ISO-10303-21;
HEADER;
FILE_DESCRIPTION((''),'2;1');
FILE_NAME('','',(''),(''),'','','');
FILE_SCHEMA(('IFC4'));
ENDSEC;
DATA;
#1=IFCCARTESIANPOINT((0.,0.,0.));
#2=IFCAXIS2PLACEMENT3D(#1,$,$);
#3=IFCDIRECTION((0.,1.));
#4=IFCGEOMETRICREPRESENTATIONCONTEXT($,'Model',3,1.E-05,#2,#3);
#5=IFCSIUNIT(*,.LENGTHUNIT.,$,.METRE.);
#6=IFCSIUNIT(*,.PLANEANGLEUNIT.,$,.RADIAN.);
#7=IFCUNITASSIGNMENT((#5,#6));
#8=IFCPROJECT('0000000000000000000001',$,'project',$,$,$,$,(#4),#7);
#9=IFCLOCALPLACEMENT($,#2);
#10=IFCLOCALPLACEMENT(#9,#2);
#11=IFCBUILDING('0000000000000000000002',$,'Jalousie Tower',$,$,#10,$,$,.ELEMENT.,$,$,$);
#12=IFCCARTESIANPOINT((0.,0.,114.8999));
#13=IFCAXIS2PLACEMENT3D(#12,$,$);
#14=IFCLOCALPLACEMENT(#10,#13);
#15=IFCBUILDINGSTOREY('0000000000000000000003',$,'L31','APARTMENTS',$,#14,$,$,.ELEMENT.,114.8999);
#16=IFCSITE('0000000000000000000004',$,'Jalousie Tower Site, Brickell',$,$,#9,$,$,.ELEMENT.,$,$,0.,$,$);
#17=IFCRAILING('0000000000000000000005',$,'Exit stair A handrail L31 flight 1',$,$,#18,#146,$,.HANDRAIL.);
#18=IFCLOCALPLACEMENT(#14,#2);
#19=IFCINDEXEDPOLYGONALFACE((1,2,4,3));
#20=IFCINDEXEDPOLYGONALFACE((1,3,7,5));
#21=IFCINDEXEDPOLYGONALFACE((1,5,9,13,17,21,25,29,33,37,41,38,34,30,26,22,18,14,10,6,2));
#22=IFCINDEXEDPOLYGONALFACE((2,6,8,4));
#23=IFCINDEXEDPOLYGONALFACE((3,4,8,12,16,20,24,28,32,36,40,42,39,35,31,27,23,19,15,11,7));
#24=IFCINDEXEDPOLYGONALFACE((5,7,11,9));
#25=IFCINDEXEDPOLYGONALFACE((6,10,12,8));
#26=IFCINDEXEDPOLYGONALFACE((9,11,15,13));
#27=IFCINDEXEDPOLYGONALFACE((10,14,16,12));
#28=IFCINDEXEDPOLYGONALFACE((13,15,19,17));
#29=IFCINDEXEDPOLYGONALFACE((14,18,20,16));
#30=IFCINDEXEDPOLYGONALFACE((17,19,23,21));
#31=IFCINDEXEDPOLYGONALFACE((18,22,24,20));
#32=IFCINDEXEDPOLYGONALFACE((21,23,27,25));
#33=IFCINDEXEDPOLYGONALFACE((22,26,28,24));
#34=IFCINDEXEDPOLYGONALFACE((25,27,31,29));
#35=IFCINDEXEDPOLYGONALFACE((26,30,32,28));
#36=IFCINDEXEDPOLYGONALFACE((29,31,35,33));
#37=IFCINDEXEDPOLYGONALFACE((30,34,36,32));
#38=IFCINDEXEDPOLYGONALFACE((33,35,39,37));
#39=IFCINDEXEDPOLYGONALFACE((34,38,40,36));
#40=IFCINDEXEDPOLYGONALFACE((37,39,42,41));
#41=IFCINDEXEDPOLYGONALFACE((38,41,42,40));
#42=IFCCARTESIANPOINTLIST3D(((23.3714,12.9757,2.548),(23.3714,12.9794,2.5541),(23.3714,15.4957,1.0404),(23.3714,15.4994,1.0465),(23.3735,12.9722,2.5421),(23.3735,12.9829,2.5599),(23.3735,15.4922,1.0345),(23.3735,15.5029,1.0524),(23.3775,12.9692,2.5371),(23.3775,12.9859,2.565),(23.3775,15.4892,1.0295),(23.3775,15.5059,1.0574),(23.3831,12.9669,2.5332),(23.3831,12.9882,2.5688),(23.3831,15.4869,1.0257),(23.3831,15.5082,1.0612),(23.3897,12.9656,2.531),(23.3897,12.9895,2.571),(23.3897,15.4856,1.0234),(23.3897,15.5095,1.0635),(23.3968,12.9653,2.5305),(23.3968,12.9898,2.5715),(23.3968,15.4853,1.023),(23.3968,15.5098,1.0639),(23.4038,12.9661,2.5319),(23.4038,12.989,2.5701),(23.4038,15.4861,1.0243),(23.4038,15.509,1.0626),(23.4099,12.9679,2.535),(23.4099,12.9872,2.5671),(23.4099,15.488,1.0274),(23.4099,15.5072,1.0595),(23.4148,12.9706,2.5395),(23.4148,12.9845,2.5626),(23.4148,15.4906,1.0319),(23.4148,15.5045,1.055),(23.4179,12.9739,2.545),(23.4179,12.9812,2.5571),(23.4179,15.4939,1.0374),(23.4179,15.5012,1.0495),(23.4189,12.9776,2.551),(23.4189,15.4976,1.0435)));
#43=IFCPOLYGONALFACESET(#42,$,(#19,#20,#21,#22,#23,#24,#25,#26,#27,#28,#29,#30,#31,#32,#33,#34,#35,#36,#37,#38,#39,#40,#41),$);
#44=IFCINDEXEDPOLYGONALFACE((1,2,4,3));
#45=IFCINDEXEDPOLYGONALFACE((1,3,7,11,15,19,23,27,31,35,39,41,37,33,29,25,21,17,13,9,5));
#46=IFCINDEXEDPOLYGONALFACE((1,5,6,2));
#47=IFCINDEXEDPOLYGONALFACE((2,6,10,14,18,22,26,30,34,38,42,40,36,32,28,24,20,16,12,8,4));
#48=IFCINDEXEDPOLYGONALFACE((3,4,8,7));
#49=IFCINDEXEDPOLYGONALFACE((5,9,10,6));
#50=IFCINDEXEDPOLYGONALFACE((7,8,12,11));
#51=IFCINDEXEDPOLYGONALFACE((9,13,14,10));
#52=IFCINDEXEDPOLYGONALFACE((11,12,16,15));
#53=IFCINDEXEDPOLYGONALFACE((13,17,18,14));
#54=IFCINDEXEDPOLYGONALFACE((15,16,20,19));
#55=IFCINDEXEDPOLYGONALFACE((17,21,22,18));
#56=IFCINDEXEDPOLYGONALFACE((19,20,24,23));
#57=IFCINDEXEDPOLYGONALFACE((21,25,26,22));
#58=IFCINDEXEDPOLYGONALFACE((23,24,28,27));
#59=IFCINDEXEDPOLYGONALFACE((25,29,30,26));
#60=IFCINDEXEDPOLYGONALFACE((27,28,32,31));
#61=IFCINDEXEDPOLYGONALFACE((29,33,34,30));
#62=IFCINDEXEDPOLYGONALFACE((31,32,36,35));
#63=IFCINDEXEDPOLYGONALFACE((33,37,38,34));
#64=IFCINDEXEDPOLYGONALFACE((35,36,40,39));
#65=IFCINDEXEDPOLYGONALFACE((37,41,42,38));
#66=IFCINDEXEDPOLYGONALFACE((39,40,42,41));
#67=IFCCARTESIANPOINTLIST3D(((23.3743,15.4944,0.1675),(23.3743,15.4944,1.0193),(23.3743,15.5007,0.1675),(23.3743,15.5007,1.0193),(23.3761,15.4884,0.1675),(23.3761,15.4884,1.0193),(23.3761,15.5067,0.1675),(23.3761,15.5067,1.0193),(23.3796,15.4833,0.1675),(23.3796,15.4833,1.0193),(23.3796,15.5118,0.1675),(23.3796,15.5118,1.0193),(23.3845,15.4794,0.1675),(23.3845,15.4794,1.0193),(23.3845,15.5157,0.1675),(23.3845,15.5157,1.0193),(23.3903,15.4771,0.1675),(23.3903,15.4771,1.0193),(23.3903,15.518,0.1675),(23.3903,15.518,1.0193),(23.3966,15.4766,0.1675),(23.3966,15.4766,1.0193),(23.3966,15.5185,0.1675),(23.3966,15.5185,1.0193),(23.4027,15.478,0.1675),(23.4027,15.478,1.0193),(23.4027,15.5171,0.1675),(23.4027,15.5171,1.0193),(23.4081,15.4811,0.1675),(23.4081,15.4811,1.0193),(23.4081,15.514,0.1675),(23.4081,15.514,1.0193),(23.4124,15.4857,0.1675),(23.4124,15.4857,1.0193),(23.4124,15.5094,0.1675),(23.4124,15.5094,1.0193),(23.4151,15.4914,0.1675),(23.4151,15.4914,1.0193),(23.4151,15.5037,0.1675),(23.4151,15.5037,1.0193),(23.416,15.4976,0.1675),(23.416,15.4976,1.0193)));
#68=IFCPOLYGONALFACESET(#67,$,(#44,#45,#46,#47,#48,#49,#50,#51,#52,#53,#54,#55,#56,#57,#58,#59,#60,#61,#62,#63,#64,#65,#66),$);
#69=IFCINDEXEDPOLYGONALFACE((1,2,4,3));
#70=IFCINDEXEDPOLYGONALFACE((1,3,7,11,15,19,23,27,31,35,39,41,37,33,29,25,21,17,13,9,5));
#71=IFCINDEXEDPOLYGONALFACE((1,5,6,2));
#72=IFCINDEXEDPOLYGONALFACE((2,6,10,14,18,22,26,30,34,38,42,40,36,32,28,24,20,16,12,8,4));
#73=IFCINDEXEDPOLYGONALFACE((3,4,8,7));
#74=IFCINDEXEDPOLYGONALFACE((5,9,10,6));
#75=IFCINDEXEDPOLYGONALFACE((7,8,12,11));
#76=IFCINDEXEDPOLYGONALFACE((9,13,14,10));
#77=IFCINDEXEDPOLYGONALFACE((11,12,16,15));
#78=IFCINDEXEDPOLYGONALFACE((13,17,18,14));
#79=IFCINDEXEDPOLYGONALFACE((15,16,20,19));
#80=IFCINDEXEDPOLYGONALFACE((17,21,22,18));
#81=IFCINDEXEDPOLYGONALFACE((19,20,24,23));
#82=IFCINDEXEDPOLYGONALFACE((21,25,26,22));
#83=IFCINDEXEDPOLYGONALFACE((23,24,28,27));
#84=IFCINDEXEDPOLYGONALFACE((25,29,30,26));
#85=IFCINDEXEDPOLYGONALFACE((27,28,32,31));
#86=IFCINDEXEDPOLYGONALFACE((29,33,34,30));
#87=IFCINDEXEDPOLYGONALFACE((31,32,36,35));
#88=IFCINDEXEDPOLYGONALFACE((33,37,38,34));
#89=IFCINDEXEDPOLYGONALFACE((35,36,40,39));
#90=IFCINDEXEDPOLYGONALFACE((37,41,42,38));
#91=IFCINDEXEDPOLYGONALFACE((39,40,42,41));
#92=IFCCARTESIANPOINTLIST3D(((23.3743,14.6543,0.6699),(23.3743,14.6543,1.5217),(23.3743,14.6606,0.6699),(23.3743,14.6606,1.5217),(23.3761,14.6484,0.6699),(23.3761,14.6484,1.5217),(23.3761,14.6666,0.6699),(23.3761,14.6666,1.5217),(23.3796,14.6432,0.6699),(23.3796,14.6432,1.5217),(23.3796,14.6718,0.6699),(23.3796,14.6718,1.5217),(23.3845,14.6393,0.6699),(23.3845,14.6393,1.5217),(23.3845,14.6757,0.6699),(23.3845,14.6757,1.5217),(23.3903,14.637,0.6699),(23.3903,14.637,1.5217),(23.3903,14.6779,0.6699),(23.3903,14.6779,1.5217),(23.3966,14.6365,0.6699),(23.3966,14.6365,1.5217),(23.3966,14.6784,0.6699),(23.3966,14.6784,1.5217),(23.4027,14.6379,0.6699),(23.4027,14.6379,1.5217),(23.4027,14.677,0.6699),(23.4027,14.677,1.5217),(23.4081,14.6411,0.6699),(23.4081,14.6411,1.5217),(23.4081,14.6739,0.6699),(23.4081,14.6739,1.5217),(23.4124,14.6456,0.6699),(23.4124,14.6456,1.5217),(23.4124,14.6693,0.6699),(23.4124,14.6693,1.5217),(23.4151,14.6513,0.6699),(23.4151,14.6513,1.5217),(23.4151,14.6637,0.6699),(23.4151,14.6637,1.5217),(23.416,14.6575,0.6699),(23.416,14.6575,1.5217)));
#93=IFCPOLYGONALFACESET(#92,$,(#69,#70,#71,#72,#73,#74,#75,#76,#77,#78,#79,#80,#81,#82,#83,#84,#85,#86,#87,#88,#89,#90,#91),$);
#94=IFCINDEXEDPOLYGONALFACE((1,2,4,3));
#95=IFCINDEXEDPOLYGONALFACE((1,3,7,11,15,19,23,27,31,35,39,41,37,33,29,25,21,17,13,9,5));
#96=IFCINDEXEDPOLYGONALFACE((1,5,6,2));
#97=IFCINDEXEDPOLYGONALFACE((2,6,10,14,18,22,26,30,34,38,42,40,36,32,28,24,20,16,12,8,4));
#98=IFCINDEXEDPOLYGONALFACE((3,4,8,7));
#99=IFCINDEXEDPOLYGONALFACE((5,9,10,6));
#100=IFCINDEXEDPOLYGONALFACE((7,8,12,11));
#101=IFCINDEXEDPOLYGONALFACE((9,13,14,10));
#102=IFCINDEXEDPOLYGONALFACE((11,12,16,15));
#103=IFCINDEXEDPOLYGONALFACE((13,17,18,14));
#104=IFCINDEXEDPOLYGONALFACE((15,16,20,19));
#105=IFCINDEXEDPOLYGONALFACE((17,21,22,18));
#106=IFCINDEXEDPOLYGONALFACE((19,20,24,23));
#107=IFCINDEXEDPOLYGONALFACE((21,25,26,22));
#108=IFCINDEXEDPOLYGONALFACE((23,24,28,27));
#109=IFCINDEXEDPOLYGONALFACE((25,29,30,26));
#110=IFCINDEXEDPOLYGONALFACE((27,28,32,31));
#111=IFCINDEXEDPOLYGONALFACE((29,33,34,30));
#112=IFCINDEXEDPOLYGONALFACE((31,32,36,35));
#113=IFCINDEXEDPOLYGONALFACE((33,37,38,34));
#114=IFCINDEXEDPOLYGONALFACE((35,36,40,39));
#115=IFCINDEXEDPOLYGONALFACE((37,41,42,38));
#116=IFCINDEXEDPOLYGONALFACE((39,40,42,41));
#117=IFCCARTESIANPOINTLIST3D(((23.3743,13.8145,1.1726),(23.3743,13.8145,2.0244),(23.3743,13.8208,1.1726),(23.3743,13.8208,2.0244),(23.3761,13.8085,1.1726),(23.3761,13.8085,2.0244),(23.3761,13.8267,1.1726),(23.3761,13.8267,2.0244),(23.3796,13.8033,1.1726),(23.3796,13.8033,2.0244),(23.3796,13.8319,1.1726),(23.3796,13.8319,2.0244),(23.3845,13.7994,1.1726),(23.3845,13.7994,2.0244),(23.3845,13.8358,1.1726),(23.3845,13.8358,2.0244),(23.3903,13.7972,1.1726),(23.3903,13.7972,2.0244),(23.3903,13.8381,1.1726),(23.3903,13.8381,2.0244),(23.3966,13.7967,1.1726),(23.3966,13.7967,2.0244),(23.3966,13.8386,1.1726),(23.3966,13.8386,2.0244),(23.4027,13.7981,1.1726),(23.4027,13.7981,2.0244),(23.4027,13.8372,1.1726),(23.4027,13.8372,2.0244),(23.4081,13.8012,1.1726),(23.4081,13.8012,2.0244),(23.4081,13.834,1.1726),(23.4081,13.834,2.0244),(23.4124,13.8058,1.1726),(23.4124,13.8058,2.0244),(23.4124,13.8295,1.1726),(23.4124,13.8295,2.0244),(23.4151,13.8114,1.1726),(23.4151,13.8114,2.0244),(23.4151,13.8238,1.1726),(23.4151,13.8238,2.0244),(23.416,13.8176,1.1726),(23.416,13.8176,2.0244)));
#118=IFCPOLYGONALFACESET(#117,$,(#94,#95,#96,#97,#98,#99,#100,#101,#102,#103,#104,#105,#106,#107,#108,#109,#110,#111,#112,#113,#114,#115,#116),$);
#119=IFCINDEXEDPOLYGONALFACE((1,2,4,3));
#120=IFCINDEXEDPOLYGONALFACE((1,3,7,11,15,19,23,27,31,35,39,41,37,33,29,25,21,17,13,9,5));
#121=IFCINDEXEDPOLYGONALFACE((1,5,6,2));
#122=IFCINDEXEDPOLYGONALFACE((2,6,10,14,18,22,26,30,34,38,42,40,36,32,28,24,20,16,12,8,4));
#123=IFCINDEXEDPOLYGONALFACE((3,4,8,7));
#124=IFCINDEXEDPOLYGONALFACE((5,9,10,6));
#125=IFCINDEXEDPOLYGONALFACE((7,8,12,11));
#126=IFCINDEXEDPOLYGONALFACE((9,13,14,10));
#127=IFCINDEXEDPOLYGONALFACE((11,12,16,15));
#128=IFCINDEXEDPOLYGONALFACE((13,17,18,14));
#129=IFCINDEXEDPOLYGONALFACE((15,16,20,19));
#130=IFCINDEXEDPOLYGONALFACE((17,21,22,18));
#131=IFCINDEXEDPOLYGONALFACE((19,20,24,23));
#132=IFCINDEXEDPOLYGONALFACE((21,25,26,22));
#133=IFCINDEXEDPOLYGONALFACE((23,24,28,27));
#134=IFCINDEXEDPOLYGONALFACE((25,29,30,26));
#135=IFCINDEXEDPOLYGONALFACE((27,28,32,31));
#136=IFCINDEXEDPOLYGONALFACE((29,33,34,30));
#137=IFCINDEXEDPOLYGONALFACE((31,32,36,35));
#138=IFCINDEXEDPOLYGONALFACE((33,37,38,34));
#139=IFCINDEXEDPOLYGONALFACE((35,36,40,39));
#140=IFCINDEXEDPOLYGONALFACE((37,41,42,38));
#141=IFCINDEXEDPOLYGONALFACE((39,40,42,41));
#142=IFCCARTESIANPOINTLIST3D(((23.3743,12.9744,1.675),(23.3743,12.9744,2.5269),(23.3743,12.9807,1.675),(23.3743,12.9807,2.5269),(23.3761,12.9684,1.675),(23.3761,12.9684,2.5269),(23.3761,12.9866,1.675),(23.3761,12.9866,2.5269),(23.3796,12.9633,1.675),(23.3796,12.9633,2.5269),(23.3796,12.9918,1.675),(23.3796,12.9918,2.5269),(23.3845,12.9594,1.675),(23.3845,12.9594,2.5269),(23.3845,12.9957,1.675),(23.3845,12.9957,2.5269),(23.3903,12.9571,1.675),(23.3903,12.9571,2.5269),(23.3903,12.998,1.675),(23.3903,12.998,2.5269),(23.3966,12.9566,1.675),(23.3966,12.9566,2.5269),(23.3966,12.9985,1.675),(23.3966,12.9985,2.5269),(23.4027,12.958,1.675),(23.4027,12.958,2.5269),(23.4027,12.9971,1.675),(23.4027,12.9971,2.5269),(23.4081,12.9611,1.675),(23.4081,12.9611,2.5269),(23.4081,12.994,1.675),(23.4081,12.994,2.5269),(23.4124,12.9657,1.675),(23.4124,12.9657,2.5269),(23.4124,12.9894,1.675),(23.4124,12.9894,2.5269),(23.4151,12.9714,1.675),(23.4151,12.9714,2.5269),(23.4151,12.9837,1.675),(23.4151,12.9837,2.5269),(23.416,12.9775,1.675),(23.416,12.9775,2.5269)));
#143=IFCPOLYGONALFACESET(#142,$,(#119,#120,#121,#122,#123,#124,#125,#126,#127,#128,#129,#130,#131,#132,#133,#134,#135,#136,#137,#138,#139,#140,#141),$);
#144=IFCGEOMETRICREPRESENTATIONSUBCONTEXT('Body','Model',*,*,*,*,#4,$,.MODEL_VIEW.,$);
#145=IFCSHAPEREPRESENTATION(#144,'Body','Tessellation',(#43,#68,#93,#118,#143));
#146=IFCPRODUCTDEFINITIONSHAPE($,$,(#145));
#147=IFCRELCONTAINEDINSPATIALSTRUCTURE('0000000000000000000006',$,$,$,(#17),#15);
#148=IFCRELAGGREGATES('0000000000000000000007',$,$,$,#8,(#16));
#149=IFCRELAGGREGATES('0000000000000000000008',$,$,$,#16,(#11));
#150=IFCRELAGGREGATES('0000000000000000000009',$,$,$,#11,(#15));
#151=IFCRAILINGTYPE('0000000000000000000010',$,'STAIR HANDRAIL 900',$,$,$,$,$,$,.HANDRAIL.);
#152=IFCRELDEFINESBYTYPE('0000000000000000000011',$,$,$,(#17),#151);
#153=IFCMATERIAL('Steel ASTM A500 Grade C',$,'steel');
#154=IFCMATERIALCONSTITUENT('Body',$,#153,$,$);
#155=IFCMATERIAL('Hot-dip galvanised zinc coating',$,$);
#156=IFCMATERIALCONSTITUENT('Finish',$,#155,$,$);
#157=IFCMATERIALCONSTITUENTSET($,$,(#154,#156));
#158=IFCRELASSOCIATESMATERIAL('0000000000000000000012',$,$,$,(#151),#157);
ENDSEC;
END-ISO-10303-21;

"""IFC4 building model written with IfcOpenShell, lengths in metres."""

from ifc_helpers import new_model, si_unit, direction, frame, origin, origin_2d, place, context, subcontext, project, spatial, circle, extrude, material, constituent, constituent_set, type_object, element, save


model = new_model("IFC4")

# Units and contexts
model_context = context("Model", 3, precision=1e-05, world=origin(), true_north=direction((0.0, 1.0)))
body_context = subcontext(model_context, "Body", "Model", "MODEL_VIEW")
ifc_project = project(units=[si_unit("LENGTHUNIT", "METRE"), si_unit("PLANEANGLEUNIT", "RADIAN")], contexts=[model_context])

# Site, building, storey
site_placement = place(None, origin())
site = spatial("IfcSite", under=ifc_project, at=site_placement, Name="Jalousie Tower Site, Brickell", CompositionType="ELEMENT", RefElevation=0.0)
building_placement = place(site_placement, origin())
building = spatial("IfcBuilding", under=site, at=building_placement, Name="Jalousie Tower", CompositionType="ELEMENT")
storey_placement = place(building_placement, frame((0.0, 0.0, 114.8999)))
storey = spatial("IfcBuildingStorey", under=building, at=storey_placement, Name="L31", Description="APARTMENTS", CompositionType="ELEMENT", Elevation=114.8999)

# Railing
ifc_material_1 = material(Name="Steel ASTM A500 Grade C", Category="steel")
ifc_constituent_1 = constituent(ifc_material_1, Name="Body")
ifc_material_2 = material(Name="Hot-dip galvanised zinc coating")
ifc_constituent_2 = constituent(ifc_material_2, Name="Finish")
ifc_constituent_set_1 = constituent_set(constituents=[ifc_constituent_1, ifc_constituent_2])
railing_type_1 = type_object("IfcRailingType", Name="STAIR HANDRAIL 900", PredefinedType="HANDRAIL", material=ifc_constituent_set_1)
railing_1_placement = place(storey_placement, frame((23.395, 15.4976, 0.1675)))
element("IfcRailing", 1, at=railing_1_placement, inside=storey, type_object=railing_type_1, Name="Exit stair A handrail L31 flight 1", PredefinedType="HANDRAIL", context=body_context, shape_type="SweptSolid", body=[
    extrude(circle(Radius=0.0239, at=origin_2d()), frame((0.0, 0.0, 0.876), z_axis=(0.0, -0.85816, 0.513383), x_axis=(1.0, 0.0, 0.0)), (0.0, 0.0, 1.0), 2.9365),
    extrude(circle(Radius=0.021, at=origin_2d()), origin(), (0.0, 0.0, 1.0), 0.8518),
    extrude(circle(Radius=0.021, at=origin_2d()), frame((0.0, -0.8401, 0.5024)), (0.0, 0.0, 1.0), 0.8518),
    extrude(circle(Radius=0.021, at=origin_2d()), frame((0.0, -1.6799, 1.0051)), (0.0, 0.0, 1.0), 0.8518),
    extrude(circle(Radius=0.021, at=origin_2d()), frame((0.0, -2.52, 1.5076)), (0.0, 0.0, 1.0), 0.8518),
])

save(model, "model.ifc")
